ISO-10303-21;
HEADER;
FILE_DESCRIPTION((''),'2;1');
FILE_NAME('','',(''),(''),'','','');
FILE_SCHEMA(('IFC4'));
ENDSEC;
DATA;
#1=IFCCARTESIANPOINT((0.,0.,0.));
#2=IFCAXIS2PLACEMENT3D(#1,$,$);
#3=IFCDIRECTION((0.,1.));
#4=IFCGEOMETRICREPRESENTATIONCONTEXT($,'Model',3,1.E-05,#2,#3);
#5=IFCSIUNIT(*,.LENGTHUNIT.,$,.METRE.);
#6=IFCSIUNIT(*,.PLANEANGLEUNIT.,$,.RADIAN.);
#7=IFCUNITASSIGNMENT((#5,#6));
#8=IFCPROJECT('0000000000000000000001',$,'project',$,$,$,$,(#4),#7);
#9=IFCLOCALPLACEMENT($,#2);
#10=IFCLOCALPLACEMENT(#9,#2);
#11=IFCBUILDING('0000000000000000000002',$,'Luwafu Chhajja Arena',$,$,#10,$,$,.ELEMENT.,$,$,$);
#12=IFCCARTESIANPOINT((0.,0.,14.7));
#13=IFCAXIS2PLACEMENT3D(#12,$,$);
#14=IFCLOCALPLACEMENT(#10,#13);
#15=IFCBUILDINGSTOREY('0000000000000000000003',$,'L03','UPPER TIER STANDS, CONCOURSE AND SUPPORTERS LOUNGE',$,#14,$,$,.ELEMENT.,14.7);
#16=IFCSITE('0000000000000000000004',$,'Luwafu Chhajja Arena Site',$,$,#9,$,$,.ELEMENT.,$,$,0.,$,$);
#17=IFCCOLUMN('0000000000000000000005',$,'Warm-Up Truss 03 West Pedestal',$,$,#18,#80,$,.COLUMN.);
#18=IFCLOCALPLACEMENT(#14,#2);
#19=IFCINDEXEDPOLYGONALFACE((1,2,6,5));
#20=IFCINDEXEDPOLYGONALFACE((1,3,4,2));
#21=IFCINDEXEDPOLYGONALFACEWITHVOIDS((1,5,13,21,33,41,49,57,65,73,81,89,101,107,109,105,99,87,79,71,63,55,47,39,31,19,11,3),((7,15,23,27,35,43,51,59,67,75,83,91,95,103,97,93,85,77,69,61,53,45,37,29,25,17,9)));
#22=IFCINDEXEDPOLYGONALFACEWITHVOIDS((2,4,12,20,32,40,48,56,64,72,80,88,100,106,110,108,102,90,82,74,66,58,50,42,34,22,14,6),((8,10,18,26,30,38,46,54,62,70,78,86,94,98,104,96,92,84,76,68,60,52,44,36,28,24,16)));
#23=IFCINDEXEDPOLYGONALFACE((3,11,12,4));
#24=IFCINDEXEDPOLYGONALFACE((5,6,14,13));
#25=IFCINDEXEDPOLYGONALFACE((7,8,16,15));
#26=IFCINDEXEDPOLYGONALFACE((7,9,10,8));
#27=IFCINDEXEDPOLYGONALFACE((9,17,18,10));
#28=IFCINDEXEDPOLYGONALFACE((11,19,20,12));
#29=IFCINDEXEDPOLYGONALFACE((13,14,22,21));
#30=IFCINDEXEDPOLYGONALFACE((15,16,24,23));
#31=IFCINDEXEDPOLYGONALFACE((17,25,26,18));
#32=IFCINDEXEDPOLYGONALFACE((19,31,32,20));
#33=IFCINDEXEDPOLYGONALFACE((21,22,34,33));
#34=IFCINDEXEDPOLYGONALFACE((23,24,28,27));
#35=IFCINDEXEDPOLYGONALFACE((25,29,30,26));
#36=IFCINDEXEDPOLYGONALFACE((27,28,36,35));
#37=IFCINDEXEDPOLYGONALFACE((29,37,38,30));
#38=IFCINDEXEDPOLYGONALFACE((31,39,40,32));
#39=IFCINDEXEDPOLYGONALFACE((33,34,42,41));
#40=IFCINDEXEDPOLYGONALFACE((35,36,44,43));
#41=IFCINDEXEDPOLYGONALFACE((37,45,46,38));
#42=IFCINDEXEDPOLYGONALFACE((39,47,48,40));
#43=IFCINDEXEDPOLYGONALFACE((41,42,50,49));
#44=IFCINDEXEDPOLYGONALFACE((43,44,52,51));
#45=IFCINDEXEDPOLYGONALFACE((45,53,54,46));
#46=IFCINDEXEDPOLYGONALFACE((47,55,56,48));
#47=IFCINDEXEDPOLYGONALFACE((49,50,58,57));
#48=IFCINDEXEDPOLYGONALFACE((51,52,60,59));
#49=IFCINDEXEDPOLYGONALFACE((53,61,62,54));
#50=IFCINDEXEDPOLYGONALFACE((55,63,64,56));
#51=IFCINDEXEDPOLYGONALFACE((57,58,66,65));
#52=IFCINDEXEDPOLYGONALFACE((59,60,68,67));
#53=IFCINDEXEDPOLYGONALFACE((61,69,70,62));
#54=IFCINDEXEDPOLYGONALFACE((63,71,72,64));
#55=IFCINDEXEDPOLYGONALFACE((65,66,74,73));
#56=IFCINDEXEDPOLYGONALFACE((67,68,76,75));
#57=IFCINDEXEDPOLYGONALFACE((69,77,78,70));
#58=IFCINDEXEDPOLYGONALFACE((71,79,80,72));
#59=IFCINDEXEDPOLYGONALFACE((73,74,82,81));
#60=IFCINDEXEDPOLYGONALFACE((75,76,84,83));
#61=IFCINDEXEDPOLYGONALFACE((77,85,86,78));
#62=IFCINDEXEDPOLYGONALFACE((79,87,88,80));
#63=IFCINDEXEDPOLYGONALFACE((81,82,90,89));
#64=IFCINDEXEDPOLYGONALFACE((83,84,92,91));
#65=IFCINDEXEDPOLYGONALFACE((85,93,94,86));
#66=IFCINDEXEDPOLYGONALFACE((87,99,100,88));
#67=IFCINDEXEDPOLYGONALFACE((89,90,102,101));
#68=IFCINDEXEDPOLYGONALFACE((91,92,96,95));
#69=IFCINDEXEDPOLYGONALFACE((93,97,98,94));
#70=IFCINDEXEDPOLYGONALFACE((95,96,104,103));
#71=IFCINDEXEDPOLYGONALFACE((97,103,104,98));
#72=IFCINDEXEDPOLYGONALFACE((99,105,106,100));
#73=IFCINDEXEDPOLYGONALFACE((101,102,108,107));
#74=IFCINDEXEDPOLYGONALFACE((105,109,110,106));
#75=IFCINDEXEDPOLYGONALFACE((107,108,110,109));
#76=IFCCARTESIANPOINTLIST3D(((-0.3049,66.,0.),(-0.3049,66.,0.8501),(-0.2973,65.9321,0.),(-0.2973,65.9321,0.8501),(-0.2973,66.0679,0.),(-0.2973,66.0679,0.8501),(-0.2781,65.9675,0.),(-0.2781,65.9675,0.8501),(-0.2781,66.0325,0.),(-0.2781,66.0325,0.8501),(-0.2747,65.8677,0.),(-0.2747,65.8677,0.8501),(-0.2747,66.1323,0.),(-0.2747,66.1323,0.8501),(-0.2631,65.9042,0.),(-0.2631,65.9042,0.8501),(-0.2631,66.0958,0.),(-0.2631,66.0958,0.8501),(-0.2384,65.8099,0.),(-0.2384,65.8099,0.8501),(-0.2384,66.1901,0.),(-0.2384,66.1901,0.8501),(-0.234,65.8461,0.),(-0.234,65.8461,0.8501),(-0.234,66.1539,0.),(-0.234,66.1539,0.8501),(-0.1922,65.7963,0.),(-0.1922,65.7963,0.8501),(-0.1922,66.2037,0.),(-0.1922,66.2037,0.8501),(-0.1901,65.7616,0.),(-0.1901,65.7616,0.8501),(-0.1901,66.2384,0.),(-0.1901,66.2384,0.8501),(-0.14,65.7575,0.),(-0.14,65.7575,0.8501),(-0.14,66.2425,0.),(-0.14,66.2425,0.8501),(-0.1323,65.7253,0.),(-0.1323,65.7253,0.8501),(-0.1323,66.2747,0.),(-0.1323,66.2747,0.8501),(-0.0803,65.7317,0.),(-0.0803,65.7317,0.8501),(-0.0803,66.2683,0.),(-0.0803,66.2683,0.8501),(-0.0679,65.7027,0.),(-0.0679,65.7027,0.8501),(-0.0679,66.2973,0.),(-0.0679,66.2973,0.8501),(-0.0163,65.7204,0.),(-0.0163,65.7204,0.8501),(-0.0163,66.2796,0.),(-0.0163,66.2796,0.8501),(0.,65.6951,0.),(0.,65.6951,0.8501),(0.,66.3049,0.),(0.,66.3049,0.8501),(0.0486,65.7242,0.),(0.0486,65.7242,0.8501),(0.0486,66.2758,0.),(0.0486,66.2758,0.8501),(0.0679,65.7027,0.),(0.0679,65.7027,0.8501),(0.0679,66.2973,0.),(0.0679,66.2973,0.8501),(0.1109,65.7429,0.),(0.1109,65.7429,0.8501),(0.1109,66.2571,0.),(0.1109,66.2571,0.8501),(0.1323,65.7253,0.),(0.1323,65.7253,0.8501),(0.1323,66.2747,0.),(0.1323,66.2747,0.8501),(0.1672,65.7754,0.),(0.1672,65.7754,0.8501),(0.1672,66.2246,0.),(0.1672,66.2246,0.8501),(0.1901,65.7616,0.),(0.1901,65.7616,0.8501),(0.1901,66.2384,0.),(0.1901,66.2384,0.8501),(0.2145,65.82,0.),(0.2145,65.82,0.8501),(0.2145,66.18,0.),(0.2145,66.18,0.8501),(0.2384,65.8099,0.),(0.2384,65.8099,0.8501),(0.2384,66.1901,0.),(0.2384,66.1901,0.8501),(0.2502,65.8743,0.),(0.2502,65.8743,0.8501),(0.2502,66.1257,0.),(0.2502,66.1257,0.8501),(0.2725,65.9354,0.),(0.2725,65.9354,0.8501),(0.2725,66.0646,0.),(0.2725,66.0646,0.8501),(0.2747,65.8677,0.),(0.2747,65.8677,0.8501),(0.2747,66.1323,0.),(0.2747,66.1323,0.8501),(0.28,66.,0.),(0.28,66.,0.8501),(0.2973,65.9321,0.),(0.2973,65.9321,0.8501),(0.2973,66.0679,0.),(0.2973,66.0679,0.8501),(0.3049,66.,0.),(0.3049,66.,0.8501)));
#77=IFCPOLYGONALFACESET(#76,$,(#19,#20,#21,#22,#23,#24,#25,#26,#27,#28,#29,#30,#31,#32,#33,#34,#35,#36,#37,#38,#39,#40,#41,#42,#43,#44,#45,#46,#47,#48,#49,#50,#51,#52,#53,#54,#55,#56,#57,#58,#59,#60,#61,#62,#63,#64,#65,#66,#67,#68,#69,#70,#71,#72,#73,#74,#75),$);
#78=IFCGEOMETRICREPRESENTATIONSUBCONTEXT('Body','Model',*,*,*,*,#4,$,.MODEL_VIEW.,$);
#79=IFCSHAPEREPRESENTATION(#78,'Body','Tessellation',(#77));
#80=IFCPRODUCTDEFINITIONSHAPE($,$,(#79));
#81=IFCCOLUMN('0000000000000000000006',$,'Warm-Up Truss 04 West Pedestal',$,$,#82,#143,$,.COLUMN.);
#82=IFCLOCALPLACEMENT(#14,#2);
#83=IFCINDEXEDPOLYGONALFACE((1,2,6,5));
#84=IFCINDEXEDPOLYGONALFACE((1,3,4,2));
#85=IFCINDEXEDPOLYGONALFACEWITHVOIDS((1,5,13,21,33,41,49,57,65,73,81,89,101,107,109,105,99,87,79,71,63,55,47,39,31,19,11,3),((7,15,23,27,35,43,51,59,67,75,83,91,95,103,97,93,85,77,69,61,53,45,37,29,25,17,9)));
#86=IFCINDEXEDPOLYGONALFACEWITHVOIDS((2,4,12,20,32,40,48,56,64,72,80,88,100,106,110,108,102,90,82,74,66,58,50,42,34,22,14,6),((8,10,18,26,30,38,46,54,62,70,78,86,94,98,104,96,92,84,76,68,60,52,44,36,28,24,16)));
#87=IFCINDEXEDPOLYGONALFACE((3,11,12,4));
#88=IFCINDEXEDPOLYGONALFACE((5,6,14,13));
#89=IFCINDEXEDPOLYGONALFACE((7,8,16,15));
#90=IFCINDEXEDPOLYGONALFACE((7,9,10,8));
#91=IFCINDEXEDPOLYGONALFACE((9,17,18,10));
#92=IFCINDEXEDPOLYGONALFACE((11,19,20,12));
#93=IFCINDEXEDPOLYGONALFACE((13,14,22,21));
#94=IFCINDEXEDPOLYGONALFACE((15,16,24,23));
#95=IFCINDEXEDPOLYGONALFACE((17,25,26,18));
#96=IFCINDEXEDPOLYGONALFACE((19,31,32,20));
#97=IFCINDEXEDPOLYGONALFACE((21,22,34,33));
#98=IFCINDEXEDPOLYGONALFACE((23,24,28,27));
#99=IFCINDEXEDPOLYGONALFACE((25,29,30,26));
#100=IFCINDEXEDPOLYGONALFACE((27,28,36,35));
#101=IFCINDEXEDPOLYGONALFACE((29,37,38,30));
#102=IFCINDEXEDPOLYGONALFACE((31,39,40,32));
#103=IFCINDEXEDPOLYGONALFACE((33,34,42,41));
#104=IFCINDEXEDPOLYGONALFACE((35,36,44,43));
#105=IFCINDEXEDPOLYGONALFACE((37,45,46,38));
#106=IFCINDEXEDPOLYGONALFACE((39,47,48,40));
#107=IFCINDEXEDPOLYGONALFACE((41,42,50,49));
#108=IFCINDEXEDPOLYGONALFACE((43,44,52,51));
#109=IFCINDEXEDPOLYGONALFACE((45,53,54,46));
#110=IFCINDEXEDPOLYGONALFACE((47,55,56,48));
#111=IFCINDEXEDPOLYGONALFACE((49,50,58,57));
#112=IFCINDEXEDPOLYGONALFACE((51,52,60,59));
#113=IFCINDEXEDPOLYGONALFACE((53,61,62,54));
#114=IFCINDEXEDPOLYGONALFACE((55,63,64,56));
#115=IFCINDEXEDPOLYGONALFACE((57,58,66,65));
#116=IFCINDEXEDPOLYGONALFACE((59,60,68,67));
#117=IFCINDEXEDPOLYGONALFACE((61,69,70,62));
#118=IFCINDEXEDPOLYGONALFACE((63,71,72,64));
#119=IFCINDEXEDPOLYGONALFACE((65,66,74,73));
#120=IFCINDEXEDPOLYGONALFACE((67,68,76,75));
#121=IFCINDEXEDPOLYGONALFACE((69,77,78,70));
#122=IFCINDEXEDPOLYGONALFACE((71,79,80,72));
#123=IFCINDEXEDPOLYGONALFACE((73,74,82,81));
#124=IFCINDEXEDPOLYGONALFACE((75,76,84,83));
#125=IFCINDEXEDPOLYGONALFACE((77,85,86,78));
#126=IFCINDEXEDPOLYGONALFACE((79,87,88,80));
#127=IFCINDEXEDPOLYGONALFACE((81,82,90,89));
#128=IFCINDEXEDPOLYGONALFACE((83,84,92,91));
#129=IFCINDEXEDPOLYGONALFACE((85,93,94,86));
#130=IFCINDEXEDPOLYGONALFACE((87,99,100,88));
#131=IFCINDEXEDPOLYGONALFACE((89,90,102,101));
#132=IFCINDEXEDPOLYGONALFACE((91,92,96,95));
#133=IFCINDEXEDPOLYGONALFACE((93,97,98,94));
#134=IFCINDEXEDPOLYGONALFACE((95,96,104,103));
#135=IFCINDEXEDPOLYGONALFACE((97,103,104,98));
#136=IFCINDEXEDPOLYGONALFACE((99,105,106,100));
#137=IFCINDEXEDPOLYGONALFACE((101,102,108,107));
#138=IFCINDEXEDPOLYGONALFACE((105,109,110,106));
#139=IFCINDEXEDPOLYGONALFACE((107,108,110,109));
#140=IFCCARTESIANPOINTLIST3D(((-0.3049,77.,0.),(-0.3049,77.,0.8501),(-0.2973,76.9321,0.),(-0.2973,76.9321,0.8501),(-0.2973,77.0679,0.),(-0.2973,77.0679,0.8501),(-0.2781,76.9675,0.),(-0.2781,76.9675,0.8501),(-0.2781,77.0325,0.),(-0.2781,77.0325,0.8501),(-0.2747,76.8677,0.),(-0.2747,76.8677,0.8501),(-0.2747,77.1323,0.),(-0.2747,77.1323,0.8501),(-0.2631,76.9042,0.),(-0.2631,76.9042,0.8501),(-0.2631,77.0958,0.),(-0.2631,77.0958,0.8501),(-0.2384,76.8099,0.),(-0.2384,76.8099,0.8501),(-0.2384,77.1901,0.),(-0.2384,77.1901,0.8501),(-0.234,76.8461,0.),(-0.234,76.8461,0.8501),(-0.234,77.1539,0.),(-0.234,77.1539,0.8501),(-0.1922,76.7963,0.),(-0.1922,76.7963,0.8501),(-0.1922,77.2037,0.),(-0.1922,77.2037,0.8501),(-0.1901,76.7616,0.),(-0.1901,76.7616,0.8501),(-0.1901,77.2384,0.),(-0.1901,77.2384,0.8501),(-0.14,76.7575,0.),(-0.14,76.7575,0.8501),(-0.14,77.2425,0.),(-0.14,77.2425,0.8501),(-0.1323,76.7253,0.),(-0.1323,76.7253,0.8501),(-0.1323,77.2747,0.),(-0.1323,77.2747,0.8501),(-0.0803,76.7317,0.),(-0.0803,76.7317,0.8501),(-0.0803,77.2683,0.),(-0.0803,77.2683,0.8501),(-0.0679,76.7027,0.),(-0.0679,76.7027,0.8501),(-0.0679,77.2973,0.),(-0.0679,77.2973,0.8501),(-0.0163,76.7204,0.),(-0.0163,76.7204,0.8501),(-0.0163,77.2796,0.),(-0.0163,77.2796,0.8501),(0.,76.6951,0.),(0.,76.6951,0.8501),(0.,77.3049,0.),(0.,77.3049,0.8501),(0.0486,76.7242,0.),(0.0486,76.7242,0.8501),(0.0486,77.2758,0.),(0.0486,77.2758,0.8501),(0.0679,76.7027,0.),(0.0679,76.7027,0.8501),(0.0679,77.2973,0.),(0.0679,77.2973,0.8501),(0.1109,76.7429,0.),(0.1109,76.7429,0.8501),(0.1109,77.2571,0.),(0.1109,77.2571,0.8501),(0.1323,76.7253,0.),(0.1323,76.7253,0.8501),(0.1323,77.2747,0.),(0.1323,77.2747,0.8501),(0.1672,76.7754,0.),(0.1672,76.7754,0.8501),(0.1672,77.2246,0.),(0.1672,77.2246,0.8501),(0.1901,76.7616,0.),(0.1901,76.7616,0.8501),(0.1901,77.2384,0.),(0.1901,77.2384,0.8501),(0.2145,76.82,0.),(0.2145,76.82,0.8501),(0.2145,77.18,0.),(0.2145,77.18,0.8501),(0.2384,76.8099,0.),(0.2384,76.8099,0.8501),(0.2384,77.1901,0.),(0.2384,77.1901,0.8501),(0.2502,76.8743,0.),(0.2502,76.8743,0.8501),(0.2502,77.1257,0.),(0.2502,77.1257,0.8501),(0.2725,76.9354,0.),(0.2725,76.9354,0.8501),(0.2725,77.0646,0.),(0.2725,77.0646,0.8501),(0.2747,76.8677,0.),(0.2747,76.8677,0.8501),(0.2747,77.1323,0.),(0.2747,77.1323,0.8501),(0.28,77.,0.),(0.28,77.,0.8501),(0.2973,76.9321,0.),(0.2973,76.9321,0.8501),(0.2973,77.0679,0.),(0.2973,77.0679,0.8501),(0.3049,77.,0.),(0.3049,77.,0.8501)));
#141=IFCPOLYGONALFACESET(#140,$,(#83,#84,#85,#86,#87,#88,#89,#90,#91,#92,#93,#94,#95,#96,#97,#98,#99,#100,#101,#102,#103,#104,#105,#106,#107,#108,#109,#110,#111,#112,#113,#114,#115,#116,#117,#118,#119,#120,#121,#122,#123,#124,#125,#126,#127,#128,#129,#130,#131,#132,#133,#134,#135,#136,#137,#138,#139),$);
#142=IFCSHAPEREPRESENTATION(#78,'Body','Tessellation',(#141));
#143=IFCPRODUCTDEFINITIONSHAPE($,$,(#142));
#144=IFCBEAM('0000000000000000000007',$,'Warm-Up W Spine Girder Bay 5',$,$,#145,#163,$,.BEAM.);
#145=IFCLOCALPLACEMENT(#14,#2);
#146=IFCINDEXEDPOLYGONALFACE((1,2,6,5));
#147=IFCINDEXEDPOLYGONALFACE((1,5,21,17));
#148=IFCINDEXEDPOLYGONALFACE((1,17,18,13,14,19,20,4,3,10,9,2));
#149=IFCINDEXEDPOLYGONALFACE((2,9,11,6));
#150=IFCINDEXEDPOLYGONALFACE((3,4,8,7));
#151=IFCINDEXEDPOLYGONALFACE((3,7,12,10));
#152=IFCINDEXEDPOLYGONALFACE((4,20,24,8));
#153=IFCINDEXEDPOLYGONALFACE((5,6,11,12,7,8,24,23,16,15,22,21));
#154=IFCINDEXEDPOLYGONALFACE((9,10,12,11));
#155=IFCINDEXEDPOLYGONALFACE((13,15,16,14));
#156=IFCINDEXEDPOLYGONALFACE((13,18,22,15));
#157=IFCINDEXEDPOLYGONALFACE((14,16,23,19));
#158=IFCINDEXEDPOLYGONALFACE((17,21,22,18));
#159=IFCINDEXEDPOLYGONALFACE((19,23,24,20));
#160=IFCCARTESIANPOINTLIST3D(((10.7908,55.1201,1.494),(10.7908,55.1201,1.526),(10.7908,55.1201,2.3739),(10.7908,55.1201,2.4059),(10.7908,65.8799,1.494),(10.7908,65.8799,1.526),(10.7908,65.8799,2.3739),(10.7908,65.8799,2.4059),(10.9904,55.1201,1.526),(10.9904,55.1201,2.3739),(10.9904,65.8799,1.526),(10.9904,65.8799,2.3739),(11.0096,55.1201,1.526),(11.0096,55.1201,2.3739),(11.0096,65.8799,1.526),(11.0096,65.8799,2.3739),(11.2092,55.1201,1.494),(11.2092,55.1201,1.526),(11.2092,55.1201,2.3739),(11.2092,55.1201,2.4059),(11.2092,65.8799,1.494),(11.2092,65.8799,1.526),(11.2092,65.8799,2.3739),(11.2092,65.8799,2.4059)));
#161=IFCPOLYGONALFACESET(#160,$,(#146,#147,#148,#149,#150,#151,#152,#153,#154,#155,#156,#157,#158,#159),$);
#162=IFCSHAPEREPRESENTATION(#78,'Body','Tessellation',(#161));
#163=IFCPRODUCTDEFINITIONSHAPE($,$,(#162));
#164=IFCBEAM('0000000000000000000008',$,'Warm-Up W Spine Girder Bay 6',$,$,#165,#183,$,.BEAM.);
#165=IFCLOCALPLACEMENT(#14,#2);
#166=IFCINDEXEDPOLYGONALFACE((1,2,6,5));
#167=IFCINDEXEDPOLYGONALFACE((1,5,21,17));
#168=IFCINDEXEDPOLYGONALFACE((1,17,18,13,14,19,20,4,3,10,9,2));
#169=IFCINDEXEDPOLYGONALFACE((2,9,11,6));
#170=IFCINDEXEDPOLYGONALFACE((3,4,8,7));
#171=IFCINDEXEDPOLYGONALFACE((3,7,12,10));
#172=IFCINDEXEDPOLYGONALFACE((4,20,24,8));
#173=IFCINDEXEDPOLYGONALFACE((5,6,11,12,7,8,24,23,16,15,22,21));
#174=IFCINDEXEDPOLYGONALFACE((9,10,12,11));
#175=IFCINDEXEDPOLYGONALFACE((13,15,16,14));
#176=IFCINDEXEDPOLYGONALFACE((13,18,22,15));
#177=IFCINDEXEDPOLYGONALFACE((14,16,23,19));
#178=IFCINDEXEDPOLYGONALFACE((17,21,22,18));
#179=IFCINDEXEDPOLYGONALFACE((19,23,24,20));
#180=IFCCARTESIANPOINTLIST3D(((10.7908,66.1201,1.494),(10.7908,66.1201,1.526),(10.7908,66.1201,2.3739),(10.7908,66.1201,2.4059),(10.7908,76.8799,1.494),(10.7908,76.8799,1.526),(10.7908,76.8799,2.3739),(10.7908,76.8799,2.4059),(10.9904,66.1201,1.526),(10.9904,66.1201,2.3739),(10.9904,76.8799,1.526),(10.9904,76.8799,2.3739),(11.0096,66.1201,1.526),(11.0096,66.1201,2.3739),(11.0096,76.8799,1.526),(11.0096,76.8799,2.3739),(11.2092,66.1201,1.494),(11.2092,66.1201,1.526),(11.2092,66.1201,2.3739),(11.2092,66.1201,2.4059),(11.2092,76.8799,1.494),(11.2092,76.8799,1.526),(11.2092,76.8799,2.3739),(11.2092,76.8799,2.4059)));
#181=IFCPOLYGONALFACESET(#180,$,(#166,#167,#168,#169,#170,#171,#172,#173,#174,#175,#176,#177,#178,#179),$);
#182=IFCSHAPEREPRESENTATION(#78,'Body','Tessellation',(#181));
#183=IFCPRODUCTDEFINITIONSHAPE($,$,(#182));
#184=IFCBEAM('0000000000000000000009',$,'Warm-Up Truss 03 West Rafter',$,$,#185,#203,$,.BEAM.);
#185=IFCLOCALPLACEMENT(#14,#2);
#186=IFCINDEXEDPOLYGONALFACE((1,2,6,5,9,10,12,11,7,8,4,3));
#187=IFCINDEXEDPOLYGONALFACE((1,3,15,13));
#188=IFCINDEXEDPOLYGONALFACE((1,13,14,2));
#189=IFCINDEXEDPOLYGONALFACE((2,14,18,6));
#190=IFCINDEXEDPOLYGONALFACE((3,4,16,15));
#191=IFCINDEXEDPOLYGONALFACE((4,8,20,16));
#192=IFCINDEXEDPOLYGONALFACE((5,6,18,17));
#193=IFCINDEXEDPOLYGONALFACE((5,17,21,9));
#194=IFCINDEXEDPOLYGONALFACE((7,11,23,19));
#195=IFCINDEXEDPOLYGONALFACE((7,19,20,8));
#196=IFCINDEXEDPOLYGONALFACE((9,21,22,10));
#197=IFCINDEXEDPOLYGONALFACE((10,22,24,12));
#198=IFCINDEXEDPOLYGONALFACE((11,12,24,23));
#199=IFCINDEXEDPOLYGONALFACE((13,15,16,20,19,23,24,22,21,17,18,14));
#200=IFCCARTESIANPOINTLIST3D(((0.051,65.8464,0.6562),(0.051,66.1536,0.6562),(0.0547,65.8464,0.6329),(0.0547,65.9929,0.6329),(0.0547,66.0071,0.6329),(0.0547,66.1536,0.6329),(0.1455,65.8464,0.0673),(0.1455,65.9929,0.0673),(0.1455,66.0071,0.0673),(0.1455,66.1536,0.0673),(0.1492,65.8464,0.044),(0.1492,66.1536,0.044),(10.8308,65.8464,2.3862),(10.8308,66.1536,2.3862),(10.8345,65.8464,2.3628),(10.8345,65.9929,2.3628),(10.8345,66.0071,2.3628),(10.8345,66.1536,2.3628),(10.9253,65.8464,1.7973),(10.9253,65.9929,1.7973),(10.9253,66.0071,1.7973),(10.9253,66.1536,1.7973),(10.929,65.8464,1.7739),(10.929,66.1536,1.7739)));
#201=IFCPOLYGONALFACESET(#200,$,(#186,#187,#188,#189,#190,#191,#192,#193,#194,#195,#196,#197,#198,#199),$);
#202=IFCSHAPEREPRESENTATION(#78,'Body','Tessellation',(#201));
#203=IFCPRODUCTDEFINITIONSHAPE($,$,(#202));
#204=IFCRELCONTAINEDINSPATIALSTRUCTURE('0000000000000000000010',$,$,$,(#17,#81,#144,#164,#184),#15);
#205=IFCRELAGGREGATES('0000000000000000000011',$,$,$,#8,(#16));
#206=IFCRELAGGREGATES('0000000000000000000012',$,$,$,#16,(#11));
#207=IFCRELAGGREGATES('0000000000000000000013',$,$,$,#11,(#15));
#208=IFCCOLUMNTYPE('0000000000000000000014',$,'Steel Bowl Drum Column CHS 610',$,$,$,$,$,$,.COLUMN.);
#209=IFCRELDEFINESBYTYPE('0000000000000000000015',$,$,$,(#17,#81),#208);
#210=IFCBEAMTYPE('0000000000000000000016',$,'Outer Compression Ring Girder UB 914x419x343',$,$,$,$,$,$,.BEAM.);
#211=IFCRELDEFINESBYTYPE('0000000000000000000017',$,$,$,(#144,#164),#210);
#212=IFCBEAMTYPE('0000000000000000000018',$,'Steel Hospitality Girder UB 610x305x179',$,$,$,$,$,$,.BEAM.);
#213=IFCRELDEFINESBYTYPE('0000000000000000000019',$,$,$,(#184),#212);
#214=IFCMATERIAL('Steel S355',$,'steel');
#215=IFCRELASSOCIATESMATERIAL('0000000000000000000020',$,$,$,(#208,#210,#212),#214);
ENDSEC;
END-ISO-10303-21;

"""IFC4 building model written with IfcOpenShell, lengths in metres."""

from ifc_helpers import new_model, si_unit, direction, frame, origin, origin_2d, place, context, subcontext, project, spatial, hollow_circle, i_section, extrude, material, material_profile, profile_set, type_object, element, save


model = new_model("IFC4")

# Units and contexts
model_context = context("Model", 3, precision=1e-05, world=origin(), true_north=direction((0.0, 1.0)))
body_context = subcontext(model_context, "Body", "Model", "MODEL_VIEW")
ifc_project = project(units=[si_unit("LENGTHUNIT", "METRE"), si_unit("PLANEANGLEUNIT", "RADIAN")], contexts=[model_context])

# Site, building, storey
site_placement = place(None, origin())
site = spatial("IfcSite", under=ifc_project, at=site_placement, Name="Luwafu Chhajja Arena Site", CompositionType="ELEMENT", RefElevation=0.0)
building_placement = place(site_placement, origin())
building = spatial("IfcBuilding", under=site, at=building_placement, Name="Luwafu Chhajja Arena", CompositionType="ELEMENT")
storey_placement = place(building_placement, frame((0.0, 0.0, 14.7)))
storey = spatial("IfcBuildingStorey", under=building, at=storey_placement, Name="L03", Description="UPPER TIER STANDS, CONCOURSE AND SUPPORTERS LOUNGE", CompositionType="ELEMENT", Elevation=14.7)

# Columns
ifc_material_1 = material(Name="Steel S355", Category="steel")
ifc_material_profile_1 = material_profile(ifc_material_1, hollow_circle(Radius=0.3049, WallThickness=0.0249, at=origin_2d()), Name="CHS 610x25")
ifc_profile_set_1 = profile_set([ifc_material_profile_1], Name="Steel S355")
column_type = type_object("IfcColumnType", Name="Steel Bowl Drum Column CHS 610", PredefinedType="COLUMN", material=ifc_profile_set_1)
for number, where, z_axis, x_axis, name in (
    (1, (0.0, 66.0, 0.0), (0.0, 0.0, 1.0), (1.0, 0.0, 0.0), "Warm-Up Truss 03 West Pedestal"),
    (2, (0.0, 77.0, 0.0), (0.0, 0.0, 1.0), (1.0, 0.0, 0.0), "Warm-Up Truss 04 West Pedestal"),
):
    element("IfcColumn", number, at=place(storey_placement, frame(where, z_axis=z_axis, x_axis=x_axis)), inside=storey, type_object=column_type, Name=name, PredefinedType="COLUMN", context=body_context, shape_type="SweptSolid", body=[
        extrude(hollow_circle(Radius=0.3049, WallThickness=0.0249, at=origin_2d()), origin(), (0.0, 0.0, 1.0), 0.8501),
    ])

# Beams
ifc_material_profile_2 = material_profile(ifc_material_1, i_section(OverallWidth=0.4185, OverallDepth=0.9119, WebThickness=0.0193, FlangeThickness=0.032, at=origin_2d()), Name="UB 914x419x343")
ifc_profile_set_2 = profile_set([ifc_material_profile_2], Name="Steel S355")
beam_type_1 = type_object("IfcBeamType", Name="Outer Compression Ring Girder UB 914x419x343", PredefinedType="BEAM", material=ifc_profile_set_2)
for number, where, z_axis, x_axis, name in (
    (3, (11.0, 55.1201, 1.95), (0.0, 1.0, 0.0), (-1.0, 0.0, 0.0), "Warm-Up W Spine Girder Bay 5"),
    (4, (11.0, 66.1201, 1.95), (0.0, 1.0, 0.0), (-1.0, 0.0, 0.0), "Warm-Up W Spine Girder Bay 6"),
):
    element("IfcBeam", number, at=place(storey_placement, frame(where, z_axis=z_axis, x_axis=x_axis)), inside=storey, type_object=beam_type_1, Name=name, PredefinedType="BEAM", context=body_context, shape_type="SweptSolid", body=[
        extrude(i_section(OverallWidth=0.4185, OverallDepth=0.9119, WebThickness=0.0193, FlangeThickness=0.032, at=origin_2d()), origin(), (0.0, 0.0, 1.0), 10.7598),
    ])
ifc_material_profile_3 = material_profile(ifc_material_1, i_section(OverallWidth=0.3071, OverallDepth=0.6201, WebThickness=0.0142, FlangeThickness=0.0237, at=origin_2d()), Name="UB 610x305x179")
ifc_profile_set_3 = profile_set([ifc_material_profile_3], Name="Steel S355")
beam_type_2 = type_object("IfcBeamType", Name="Steel Hospitality Girder UB 610x305x179", PredefinedType="BEAM", material=ifc_profile_set_3)
beam_1_placement = place(storey_placement, frame((0.1001, 66.0, 0.3501), z_axis=(0.987366, 0.0, 0.158456), x_axis=(0.0, 1.0, 0.0)))
element("IfcBeam", 5, at=beam_1_placement, inside=storey, type_object=beam_type_2, Name="Warm-Up Truss 03 West Rafter", PredefinedType="BEAM", context=body_context, shape_type="SweptSolid", body=[
    extrude(i_section(OverallWidth=0.3071, OverallDepth=0.6201, WebThickness=0.0142, FlangeThickness=0.0237, at=origin_2d()), origin(), (0.0, 0.0, 1.0), 10.9177),
])

save(model, "model.ifc")
